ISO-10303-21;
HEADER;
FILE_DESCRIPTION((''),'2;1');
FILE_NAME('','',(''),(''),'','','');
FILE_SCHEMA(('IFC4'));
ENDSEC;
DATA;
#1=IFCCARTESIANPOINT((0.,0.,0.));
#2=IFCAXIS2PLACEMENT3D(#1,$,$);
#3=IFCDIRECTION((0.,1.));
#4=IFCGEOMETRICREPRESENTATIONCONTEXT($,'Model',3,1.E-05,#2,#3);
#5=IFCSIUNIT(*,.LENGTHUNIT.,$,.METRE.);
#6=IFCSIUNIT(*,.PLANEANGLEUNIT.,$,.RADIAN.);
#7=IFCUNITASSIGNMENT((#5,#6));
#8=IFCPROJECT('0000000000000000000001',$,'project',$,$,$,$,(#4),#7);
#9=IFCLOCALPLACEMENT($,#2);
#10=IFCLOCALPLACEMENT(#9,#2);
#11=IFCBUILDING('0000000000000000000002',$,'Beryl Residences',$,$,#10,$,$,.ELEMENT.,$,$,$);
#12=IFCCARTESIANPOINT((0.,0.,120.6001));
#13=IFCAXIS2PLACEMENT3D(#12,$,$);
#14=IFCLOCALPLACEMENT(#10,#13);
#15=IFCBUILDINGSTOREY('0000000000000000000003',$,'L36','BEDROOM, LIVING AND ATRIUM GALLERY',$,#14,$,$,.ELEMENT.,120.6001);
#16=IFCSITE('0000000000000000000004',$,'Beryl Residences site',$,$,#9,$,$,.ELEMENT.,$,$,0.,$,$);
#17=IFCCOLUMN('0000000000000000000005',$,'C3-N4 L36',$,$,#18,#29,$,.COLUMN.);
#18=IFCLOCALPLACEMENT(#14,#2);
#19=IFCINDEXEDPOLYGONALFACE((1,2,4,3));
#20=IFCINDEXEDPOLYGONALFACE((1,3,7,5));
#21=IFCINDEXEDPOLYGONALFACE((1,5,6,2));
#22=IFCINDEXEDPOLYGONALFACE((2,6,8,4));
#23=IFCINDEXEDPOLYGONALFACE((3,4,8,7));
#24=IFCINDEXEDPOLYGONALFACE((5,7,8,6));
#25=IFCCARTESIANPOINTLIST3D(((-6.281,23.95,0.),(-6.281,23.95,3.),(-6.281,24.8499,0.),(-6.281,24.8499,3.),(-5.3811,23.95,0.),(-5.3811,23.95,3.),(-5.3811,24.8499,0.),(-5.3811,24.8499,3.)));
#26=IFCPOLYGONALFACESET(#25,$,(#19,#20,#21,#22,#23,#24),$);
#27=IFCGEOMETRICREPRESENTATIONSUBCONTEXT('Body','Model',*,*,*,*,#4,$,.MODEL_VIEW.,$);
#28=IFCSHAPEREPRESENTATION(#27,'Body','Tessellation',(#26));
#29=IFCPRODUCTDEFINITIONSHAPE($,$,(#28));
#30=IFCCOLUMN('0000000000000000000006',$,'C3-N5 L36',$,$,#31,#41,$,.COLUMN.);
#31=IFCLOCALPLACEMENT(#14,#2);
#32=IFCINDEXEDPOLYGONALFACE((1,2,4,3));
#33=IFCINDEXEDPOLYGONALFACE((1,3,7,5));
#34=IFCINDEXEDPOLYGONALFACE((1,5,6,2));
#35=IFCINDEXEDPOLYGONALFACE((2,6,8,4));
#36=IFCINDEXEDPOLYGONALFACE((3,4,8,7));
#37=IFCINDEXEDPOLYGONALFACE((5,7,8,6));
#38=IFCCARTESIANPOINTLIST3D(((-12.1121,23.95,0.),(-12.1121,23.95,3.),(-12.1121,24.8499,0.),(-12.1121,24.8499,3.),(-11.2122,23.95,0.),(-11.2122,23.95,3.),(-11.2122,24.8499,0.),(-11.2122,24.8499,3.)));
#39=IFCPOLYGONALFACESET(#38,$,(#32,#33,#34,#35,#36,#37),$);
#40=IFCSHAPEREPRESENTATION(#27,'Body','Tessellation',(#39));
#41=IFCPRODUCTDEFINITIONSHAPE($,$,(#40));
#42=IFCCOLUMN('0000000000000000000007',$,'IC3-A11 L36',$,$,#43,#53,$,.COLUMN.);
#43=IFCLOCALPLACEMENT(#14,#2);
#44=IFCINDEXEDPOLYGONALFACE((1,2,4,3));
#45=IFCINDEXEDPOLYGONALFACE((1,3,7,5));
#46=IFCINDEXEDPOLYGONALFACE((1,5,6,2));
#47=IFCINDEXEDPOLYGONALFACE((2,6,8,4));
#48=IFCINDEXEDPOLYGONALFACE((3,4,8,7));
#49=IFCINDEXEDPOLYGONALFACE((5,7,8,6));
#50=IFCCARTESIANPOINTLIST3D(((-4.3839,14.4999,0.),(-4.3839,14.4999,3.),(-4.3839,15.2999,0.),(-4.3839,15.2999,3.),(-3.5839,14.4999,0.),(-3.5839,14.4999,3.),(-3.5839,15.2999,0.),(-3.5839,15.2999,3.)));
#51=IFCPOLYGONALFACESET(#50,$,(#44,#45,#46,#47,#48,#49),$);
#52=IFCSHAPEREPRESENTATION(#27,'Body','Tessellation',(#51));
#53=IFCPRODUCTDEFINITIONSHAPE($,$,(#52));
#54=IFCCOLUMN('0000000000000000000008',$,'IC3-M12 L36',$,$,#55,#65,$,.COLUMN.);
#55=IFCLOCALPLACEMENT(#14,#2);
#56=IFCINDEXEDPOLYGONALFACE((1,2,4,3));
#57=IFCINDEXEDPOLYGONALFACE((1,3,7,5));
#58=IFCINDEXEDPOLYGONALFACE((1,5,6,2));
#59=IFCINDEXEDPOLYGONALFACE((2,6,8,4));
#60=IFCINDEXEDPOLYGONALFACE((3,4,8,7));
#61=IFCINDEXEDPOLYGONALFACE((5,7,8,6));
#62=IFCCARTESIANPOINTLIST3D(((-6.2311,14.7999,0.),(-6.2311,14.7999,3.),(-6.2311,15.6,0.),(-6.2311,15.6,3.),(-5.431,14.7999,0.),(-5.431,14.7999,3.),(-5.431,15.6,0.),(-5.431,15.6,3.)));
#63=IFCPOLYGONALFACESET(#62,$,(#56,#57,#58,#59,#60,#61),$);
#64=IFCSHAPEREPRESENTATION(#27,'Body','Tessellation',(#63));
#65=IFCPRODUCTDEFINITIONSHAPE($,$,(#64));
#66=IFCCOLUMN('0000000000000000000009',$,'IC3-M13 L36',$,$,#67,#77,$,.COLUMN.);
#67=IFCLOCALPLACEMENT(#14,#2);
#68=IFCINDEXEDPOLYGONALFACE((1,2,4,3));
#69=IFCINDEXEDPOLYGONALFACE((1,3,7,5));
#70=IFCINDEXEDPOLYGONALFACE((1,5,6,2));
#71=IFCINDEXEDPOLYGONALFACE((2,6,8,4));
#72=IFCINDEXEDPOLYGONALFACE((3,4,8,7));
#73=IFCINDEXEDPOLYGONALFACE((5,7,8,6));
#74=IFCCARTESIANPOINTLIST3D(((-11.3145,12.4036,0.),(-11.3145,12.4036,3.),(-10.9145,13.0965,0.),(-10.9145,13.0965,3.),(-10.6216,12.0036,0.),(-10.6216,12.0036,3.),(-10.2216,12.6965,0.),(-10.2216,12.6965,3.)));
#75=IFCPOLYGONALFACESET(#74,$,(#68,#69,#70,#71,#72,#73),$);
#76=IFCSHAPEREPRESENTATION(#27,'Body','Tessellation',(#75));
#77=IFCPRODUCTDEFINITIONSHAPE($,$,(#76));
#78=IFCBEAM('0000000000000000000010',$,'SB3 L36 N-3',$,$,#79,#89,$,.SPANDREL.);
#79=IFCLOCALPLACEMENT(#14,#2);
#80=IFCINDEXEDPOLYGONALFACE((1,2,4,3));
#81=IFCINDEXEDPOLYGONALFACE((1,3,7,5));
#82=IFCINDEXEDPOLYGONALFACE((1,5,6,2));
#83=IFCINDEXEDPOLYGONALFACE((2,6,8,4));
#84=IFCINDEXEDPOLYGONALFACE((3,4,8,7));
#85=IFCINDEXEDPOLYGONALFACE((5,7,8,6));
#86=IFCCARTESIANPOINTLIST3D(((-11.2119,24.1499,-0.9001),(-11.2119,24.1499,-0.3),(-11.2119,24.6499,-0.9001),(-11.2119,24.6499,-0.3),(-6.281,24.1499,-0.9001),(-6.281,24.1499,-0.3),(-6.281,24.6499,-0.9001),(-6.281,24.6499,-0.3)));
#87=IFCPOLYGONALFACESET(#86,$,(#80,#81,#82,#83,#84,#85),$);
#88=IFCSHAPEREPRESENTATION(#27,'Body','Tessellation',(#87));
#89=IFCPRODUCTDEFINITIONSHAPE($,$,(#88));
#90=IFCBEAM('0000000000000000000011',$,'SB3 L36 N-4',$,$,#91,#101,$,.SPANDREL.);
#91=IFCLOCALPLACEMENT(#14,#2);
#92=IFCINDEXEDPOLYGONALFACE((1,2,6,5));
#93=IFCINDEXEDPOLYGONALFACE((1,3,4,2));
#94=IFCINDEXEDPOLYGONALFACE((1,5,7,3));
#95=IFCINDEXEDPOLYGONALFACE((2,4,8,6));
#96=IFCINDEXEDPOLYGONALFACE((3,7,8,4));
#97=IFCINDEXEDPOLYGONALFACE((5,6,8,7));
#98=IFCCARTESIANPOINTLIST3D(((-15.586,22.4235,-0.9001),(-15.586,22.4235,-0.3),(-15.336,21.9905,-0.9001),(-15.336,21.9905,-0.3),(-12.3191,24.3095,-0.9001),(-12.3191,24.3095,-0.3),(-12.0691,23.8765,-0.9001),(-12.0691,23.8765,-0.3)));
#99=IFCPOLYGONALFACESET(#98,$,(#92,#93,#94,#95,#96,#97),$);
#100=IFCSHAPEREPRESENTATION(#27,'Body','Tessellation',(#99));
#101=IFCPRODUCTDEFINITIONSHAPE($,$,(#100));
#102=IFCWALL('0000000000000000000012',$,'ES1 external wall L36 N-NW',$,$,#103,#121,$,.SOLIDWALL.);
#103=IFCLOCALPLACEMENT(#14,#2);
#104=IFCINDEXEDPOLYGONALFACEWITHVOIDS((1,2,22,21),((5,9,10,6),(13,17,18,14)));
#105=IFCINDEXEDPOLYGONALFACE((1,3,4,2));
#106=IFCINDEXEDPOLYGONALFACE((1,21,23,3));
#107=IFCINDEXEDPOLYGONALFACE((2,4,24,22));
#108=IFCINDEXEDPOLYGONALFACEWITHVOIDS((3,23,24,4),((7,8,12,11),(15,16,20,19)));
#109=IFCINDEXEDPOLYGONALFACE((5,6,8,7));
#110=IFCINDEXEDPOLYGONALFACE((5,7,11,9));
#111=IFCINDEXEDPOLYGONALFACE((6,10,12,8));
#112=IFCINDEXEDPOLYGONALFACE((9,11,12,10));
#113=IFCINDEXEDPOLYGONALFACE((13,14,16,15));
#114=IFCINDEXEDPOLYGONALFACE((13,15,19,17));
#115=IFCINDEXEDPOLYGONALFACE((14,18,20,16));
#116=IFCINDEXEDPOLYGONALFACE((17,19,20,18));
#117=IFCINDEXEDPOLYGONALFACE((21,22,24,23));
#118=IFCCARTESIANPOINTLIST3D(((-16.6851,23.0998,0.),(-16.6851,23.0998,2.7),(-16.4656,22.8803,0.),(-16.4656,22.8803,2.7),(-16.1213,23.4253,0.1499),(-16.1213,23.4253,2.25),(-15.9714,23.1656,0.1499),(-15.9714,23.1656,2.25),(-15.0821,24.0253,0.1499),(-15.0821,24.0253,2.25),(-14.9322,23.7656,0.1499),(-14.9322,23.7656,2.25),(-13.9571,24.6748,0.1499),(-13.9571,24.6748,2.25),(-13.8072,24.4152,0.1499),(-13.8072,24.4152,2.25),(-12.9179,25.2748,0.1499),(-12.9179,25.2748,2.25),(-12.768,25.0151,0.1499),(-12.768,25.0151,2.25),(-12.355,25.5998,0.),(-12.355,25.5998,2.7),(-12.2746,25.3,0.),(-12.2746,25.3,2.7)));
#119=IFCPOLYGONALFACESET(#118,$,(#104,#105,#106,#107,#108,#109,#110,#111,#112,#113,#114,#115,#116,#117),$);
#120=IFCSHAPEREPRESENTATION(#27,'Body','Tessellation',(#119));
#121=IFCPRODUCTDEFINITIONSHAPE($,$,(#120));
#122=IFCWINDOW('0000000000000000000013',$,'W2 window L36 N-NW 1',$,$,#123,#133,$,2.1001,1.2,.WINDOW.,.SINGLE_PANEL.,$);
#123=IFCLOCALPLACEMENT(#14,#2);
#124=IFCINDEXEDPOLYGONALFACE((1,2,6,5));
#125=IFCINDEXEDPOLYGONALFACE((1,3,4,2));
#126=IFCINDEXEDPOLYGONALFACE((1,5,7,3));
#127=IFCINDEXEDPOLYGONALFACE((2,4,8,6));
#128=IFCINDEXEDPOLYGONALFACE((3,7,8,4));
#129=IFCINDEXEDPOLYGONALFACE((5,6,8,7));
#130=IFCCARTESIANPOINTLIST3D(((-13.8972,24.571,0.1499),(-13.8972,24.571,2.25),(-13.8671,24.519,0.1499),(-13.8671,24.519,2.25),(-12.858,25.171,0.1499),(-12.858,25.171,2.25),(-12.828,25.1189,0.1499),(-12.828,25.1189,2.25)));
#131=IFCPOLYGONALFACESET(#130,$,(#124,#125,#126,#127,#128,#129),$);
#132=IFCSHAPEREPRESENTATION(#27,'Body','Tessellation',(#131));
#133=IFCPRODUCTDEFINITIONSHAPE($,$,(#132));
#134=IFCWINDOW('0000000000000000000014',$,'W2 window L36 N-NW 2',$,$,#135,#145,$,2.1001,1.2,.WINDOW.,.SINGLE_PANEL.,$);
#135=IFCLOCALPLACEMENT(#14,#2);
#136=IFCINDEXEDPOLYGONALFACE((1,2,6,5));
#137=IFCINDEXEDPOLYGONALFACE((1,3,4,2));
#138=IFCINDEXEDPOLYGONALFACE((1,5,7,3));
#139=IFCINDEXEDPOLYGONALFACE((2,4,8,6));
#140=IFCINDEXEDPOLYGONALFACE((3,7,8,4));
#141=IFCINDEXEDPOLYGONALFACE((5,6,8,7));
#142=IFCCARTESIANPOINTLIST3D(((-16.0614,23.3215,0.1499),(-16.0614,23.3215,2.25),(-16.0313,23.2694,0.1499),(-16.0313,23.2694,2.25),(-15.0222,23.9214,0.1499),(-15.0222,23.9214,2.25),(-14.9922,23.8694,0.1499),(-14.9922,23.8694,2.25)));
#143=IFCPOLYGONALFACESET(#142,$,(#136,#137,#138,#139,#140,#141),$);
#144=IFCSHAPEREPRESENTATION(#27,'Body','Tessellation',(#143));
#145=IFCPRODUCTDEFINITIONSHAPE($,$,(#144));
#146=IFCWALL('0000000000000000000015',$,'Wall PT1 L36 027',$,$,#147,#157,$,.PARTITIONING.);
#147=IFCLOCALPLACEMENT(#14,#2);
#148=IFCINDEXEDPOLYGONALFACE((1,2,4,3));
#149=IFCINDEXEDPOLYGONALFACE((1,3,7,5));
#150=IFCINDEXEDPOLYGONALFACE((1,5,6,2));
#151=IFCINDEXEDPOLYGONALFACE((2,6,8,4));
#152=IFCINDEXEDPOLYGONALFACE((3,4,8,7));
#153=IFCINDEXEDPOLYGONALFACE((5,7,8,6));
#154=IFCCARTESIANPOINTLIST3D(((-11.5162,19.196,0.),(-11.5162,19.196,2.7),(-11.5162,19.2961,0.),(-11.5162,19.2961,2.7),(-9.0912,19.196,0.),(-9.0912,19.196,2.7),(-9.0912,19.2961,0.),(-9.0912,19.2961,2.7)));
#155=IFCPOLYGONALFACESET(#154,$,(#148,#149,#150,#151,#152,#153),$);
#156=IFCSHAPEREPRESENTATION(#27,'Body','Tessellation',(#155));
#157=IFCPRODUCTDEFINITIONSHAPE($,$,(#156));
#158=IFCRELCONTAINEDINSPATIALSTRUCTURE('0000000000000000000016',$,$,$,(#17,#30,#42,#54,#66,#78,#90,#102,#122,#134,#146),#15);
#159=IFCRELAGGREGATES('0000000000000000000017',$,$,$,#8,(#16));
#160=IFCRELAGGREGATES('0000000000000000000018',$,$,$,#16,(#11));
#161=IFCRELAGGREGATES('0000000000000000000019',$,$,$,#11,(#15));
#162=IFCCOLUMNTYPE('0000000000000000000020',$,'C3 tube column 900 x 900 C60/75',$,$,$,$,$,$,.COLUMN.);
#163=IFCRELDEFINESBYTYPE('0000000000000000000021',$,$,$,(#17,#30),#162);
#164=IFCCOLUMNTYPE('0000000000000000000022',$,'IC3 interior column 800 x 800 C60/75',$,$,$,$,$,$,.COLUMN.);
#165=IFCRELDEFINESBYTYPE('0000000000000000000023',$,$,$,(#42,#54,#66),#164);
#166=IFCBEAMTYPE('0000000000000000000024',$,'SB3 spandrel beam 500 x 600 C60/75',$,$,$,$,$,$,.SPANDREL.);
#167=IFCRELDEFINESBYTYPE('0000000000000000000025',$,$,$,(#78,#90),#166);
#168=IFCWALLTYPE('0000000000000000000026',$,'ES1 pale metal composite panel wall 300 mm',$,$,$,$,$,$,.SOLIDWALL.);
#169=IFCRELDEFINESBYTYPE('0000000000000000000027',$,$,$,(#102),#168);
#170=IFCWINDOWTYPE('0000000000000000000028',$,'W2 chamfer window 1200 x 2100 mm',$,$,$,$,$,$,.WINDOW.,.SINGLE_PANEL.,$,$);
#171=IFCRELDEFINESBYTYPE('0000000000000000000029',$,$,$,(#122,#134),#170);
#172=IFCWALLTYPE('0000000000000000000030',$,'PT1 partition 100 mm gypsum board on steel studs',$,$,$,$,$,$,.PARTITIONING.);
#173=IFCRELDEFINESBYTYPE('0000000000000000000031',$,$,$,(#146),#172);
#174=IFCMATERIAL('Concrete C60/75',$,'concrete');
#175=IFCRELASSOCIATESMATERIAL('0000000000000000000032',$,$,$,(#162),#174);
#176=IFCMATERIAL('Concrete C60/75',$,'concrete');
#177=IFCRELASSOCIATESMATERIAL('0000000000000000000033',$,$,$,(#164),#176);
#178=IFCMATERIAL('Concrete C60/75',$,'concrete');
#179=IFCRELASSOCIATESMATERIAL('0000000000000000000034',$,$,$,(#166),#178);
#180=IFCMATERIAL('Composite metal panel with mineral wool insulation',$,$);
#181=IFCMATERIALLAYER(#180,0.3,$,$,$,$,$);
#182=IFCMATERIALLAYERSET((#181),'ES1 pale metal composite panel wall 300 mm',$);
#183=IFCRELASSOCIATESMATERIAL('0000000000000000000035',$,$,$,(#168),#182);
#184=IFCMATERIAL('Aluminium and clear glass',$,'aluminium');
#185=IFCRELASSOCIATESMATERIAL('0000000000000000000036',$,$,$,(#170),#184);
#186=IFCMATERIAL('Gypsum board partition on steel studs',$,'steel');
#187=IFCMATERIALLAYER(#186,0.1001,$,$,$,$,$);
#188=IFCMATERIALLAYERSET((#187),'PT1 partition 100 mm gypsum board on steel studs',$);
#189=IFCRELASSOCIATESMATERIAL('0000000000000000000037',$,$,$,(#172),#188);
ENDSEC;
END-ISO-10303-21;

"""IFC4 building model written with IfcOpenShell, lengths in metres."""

from ifc_helpers import new_model, si_unit, direction, frame, frame_2d, origin, origin_2d, place, context, subcontext, project, spatial, polyline, rectangle, outline, extrude, material, layer, layer_set, material_profile, profile_set, type_object, element, fill, save


model = new_model("IFC4")

# Units and contexts
model_context = context("Model", 3, precision=1e-05, world=origin(), true_north=direction((0.0, 1.0)))
body_context = subcontext(model_context, "Body", "Model", "MODEL_VIEW")
ifc_project = project(units=[si_unit("LENGTHUNIT", "METRE"), si_unit("PLANEANGLEUNIT", "RADIAN")], contexts=[model_context])

# Site, building, storey
site_placement = place(None, origin())
site = spatial("IfcSite", under=ifc_project, at=site_placement, Name="Beryl Residences site", CompositionType="ELEMENT", RefElevation=0.0)
building_placement = place(site_placement, origin())
building = spatial("IfcBuilding", under=site, at=building_placement, Name="Beryl Residences", CompositionType="ELEMENT")
storey_placement = place(building_placement, frame((0.0, 0.0, 120.6001)))
storey = spatial("IfcBuildingStorey", under=building, at=storey_placement, Name="L36", Description="BEDROOM, LIVING AND ATRIUM GALLERY", CompositionType="ELEMENT", Elevation=120.6001)

# Columns
ifc_material_1 = material(Name="Concrete C60/75", Category="concrete")
ifc_material_profile_1 = material_profile(ifc_material_1, rectangle(XDim=0.8999, YDim=0.8999, at=origin_2d()))
ifc_profile_set_1 = profile_set([ifc_material_profile_1], Name="Concrete C60/75")
column_type_1 = type_object("IfcColumnType", Name="C3 tube column 900 x 900 C60/75", PredefinedType="COLUMN", material=ifc_profile_set_1)
for number, where, z_axis, x_axis, name in (
    (1, (-5.8311, 24.3999, 0.0), (0.0, 0.0, 1.0), (-1.0, 0.0, 0.0), "C3-N4 L36"),
    (2, (-11.6621, 24.3999, 0.0), (0.0, 0.0, 1.0), (-1.0, 0.0, 0.0), "C3-N5 L36"),
):
    element("IfcColumn", number, at=place(storey_placement, frame(where, z_axis=z_axis, x_axis=x_axis)), inside=storey, type_object=column_type_1, Name=name, PredefinedType="COLUMN", context=body_context, shape_type="SweptSolid", body=[
        extrude(rectangle(XDim=0.8999, YDim=0.8999, at=origin_2d()), origin(), (0.0, 0.0, 1.0), 3.0),
    ])
ifc_material_2 = material(Name="Concrete C60/75", Category="concrete")
ifc_material_profile_2 = material_profile(ifc_material_2, rectangle(XDim=0.8, YDim=0.8, at=origin_2d()))
ifc_profile_set_2 = profile_set([ifc_material_profile_2], Name="Concrete C60/75")
column_type_2 = type_object("IfcColumnType", Name="IC3 interior column 800 x 800 C60/75", PredefinedType="COLUMN", material=ifc_profile_set_2)
for number, where, z_axis, x_axis, name in (
    (3, (-3.9839, 14.8999, 0.0), (0.0, 0.0, 1.0), (1.0, 0.0, 0.0), "IC3-A11 L36"),
    (4, (-5.8311, 15.2, 0.0), (0.0, 0.0, 1.0), (-1.0, 0.0, 0.0), "IC3-M12 L36"),
    (5, (-10.7681, 12.55, 0.0), (0.0, 0.0, 1.0), (-0.5, -0.866025, 0.0), "IC3-M13 L36"),
):
    element("IfcColumn", number, at=place(storey_placement, frame(where, z_axis=z_axis, x_axis=x_axis)), inside=storey, type_object=column_type_2, Name=name, PredefinedType="COLUMN", context=body_context, shape_type="SweptSolid", body=[
        extrude(rectangle(XDim=0.8, YDim=0.8, at=origin_2d()), origin(), (0.0, 0.0, 1.0), 3.0),
    ])

# Beams
ifc_material_3 = material(Name="Concrete C60/75", Category="concrete")
ifc_material_profile_3 = material_profile(ifc_material_3, rectangle(XDim=0.5, YDim=0.6001, at=origin_2d()))
ifc_profile_set_3 = profile_set([ifc_material_profile_3], Name="Concrete C60/75")
beam_type = type_object("IfcBeamType", Name="SB3 spandrel beam 500 x 600 C60/75", PredefinedType="SPANDREL", material=ifc_profile_set_3)
beam_1_placement = place(storey_placement, frame((-6.281, 24.3999, -0.6001), z_axis=(-1.0, 0.0, 0.0), x_axis=(0.0, -1.0, 0.0)))
element("IfcBeam", 6, at=beam_1_placement, inside=storey, type_object=beam_type, Name="SB3 L36 N-3", PredefinedType="SPANDREL", context=body_context, shape_type="SweptSolid", body=[
    extrude(rectangle(XDim=0.5, YDim=0.6001, at=origin_2d()), origin(), (0.0, 0.0, 1.0), 4.9309),
])
beam_2_placement = place(storey_placement, frame((-12.1941, 24.093, -0.6001), z_axis=(-0.86604, -0.499975, 0.0), x_axis=(0.499975, -0.86604, 0.0)))
element("IfcBeam", 7, at=beam_2_placement, inside=storey, type_object=beam_type, Name="SB3 L36 N-4", PredefinedType="SPANDREL", context=body_context, shape_type="SweptSolid", body=[
    extrude(rectangle(XDim=0.5, YDim=0.6001, at=origin_2d()), origin(), (0.0, 0.0, 1.0), 3.7722),
])

# Wall, openings, windows
ifc_material_4 = material(Name="Composite metal panel with mineral wool insulation")
ifc_layer_1 = layer(ifc_material_4, 0.3)
ifc_layer_set_1 = layer_set([ifc_layer_1], Name="ES1 pale metal composite panel wall 300 mm")
wall_type_1 = type_object("IfcWallType", Name="ES1 pale metal composite panel wall 300 mm", PredefinedType="SOLIDWALL", material=ifc_layer_set_1)
wall_1_placement = place(storey_placement, frame((-12.28, 25.47, 0.0), z_axis=(0.0, 0.0, 1.0), x_axis=(-0.866023, -0.500004, 0.0)))
wall_1 = element("IfcWall", 8, at=wall_1_placement, inside=storey, type_object=wall_type_1, Name="ES1 external wall L36 N-NW", PredefinedType="SOLIDWALL", context=body_context, shape_type="SweptSolid", body=[
    extrude(outline(polyline([(0.0, -0.1499), (5.0, -0.1499), (4.9197, 0.1499), (0.0803, 0.1499), (0.0, -0.1499)])), origin(), (0.0, 0.0, 1.0), 2.7),
])
opening_1_placement = place(wall_1_placement, frame((0.6499, 0.0, 0.1499)))
opening_1 = element("IfcOpeningElement", 9, at=opening_1_placement, cuts=wall_1, PredefinedType="OPENING", context=body_context, shape_type="SweptSolid", body=[
    extrude(rectangle(XDim=1.2, YDim=2.1001, at=frame_2d((0.6001, 1.05))), frame((0.0, 0.1599, 0.0), z_axis=(0.0, -1.0, 0.0), x_axis=(1.0, 0.0, 0.0)), (0.0, 0.0, 1.0), 0.3201),
])
opening_2_placement = place(wall_1_placement, frame((3.1489, 0.0, 0.1499)))
opening_2 = element("IfcOpeningElement", 10, at=opening_2_placement, cuts=wall_1, PredefinedType="OPENING", context=body_context, shape_type="SweptSolid", body=[
    extrude(rectangle(XDim=1.2, YDim=2.1001, at=frame_2d((0.6001, 1.05))), frame((0.0, 0.1599, 0.0), z_axis=(0.0, -1.0, 0.0), x_axis=(1.0, 0.0, 0.0)), (0.0, 0.0, 1.0), 0.3201),
])
ifc_material_5 = material(Name="Aluminium and clear glass", Category="aluminium")
window_type = type_object("IfcWindowType", Name="W2 chamfer window 1200 x 2100 mm", PartitioningType="SINGLE_PANEL", PredefinedType="WINDOW", material=ifc_material_5)
window_1_placement = place(opening_1_placement, origin())
window_1 = element("IfcWindow", 11, at=window_1_placement, inside=storey, type_object=window_type, Name="W2 window L36 N-NW 1", OverallHeight=2.1001, OverallWidth=1.2, PartitioningType="SINGLE_PANEL", PredefinedType="WINDOW", context=body_context, shape_type="SweptSolid", body=[
    extrude(rectangle(XDim=1.2, YDim=2.1001, at=frame_2d((0.6001, 1.05))), frame((0.0, 0.03, 0.0), z_axis=(0.0, -1.0, 0.0), x_axis=(1.0, 0.0, 0.0)), (0.0, 0.0, 1.0), 0.0601),
])
fill(opening_1, window_1)
window_2_placement = place(opening_2_placement, origin())
window_2 = element("IfcWindow", 12, at=window_2_placement, inside=storey, type_object=window_type, Name="W2 window L36 N-NW 2", OverallHeight=2.1001, OverallWidth=1.2, PartitioningType="SINGLE_PANEL", PredefinedType="WINDOW", context=body_context, shape_type="SweptSolid", body=[
    extrude(rectangle(XDim=1.2, YDim=2.1001, at=frame_2d((0.6001, 1.05))), frame((0.0, 0.03, 0.0), z_axis=(0.0, -1.0, 0.0), x_axis=(1.0, 0.0, 0.0)), (0.0, 0.0, 1.0), 0.0601),
])
fill(opening_2, window_2)

# Wall
ifc_material_6 = material(Name="Gypsum board partition on steel studs", Category="steel")
ifc_layer_2 = layer(ifc_material_6, 0.1001)
ifc_layer_set_2 = layer_set([ifc_layer_2], Name="PT1 partition 100 mm gypsum board on steel studs")
wall_type_2 = type_object("IfcWallType", Name="PT1 partition 100 mm gypsum board on steel studs", PredefinedType="PARTITIONING", material=ifc_layer_set_2)
wall_2_placement = place(storey_placement, frame((-11.5161, 19.2461, 0.0), z_axis=(0.0, 0.0, 1.0), x_axis=(1.0, 0.0, 0.0)))
element("IfcWall", 13, at=wall_2_placement, inside=storey, type_object=wall_type_2, Name="Wall PT1 L36 027", PredefinedType="PARTITIONING", context=body_context, shape_type="SweptSolid", body=[
    extrude(rectangle(XDim=2.425, YDim=0.1001, at=frame_2d((1.2124, 0.0))), origin(), (0.0, 0.0, 1.0), 2.7),
])

save(model, "model.ifc")
